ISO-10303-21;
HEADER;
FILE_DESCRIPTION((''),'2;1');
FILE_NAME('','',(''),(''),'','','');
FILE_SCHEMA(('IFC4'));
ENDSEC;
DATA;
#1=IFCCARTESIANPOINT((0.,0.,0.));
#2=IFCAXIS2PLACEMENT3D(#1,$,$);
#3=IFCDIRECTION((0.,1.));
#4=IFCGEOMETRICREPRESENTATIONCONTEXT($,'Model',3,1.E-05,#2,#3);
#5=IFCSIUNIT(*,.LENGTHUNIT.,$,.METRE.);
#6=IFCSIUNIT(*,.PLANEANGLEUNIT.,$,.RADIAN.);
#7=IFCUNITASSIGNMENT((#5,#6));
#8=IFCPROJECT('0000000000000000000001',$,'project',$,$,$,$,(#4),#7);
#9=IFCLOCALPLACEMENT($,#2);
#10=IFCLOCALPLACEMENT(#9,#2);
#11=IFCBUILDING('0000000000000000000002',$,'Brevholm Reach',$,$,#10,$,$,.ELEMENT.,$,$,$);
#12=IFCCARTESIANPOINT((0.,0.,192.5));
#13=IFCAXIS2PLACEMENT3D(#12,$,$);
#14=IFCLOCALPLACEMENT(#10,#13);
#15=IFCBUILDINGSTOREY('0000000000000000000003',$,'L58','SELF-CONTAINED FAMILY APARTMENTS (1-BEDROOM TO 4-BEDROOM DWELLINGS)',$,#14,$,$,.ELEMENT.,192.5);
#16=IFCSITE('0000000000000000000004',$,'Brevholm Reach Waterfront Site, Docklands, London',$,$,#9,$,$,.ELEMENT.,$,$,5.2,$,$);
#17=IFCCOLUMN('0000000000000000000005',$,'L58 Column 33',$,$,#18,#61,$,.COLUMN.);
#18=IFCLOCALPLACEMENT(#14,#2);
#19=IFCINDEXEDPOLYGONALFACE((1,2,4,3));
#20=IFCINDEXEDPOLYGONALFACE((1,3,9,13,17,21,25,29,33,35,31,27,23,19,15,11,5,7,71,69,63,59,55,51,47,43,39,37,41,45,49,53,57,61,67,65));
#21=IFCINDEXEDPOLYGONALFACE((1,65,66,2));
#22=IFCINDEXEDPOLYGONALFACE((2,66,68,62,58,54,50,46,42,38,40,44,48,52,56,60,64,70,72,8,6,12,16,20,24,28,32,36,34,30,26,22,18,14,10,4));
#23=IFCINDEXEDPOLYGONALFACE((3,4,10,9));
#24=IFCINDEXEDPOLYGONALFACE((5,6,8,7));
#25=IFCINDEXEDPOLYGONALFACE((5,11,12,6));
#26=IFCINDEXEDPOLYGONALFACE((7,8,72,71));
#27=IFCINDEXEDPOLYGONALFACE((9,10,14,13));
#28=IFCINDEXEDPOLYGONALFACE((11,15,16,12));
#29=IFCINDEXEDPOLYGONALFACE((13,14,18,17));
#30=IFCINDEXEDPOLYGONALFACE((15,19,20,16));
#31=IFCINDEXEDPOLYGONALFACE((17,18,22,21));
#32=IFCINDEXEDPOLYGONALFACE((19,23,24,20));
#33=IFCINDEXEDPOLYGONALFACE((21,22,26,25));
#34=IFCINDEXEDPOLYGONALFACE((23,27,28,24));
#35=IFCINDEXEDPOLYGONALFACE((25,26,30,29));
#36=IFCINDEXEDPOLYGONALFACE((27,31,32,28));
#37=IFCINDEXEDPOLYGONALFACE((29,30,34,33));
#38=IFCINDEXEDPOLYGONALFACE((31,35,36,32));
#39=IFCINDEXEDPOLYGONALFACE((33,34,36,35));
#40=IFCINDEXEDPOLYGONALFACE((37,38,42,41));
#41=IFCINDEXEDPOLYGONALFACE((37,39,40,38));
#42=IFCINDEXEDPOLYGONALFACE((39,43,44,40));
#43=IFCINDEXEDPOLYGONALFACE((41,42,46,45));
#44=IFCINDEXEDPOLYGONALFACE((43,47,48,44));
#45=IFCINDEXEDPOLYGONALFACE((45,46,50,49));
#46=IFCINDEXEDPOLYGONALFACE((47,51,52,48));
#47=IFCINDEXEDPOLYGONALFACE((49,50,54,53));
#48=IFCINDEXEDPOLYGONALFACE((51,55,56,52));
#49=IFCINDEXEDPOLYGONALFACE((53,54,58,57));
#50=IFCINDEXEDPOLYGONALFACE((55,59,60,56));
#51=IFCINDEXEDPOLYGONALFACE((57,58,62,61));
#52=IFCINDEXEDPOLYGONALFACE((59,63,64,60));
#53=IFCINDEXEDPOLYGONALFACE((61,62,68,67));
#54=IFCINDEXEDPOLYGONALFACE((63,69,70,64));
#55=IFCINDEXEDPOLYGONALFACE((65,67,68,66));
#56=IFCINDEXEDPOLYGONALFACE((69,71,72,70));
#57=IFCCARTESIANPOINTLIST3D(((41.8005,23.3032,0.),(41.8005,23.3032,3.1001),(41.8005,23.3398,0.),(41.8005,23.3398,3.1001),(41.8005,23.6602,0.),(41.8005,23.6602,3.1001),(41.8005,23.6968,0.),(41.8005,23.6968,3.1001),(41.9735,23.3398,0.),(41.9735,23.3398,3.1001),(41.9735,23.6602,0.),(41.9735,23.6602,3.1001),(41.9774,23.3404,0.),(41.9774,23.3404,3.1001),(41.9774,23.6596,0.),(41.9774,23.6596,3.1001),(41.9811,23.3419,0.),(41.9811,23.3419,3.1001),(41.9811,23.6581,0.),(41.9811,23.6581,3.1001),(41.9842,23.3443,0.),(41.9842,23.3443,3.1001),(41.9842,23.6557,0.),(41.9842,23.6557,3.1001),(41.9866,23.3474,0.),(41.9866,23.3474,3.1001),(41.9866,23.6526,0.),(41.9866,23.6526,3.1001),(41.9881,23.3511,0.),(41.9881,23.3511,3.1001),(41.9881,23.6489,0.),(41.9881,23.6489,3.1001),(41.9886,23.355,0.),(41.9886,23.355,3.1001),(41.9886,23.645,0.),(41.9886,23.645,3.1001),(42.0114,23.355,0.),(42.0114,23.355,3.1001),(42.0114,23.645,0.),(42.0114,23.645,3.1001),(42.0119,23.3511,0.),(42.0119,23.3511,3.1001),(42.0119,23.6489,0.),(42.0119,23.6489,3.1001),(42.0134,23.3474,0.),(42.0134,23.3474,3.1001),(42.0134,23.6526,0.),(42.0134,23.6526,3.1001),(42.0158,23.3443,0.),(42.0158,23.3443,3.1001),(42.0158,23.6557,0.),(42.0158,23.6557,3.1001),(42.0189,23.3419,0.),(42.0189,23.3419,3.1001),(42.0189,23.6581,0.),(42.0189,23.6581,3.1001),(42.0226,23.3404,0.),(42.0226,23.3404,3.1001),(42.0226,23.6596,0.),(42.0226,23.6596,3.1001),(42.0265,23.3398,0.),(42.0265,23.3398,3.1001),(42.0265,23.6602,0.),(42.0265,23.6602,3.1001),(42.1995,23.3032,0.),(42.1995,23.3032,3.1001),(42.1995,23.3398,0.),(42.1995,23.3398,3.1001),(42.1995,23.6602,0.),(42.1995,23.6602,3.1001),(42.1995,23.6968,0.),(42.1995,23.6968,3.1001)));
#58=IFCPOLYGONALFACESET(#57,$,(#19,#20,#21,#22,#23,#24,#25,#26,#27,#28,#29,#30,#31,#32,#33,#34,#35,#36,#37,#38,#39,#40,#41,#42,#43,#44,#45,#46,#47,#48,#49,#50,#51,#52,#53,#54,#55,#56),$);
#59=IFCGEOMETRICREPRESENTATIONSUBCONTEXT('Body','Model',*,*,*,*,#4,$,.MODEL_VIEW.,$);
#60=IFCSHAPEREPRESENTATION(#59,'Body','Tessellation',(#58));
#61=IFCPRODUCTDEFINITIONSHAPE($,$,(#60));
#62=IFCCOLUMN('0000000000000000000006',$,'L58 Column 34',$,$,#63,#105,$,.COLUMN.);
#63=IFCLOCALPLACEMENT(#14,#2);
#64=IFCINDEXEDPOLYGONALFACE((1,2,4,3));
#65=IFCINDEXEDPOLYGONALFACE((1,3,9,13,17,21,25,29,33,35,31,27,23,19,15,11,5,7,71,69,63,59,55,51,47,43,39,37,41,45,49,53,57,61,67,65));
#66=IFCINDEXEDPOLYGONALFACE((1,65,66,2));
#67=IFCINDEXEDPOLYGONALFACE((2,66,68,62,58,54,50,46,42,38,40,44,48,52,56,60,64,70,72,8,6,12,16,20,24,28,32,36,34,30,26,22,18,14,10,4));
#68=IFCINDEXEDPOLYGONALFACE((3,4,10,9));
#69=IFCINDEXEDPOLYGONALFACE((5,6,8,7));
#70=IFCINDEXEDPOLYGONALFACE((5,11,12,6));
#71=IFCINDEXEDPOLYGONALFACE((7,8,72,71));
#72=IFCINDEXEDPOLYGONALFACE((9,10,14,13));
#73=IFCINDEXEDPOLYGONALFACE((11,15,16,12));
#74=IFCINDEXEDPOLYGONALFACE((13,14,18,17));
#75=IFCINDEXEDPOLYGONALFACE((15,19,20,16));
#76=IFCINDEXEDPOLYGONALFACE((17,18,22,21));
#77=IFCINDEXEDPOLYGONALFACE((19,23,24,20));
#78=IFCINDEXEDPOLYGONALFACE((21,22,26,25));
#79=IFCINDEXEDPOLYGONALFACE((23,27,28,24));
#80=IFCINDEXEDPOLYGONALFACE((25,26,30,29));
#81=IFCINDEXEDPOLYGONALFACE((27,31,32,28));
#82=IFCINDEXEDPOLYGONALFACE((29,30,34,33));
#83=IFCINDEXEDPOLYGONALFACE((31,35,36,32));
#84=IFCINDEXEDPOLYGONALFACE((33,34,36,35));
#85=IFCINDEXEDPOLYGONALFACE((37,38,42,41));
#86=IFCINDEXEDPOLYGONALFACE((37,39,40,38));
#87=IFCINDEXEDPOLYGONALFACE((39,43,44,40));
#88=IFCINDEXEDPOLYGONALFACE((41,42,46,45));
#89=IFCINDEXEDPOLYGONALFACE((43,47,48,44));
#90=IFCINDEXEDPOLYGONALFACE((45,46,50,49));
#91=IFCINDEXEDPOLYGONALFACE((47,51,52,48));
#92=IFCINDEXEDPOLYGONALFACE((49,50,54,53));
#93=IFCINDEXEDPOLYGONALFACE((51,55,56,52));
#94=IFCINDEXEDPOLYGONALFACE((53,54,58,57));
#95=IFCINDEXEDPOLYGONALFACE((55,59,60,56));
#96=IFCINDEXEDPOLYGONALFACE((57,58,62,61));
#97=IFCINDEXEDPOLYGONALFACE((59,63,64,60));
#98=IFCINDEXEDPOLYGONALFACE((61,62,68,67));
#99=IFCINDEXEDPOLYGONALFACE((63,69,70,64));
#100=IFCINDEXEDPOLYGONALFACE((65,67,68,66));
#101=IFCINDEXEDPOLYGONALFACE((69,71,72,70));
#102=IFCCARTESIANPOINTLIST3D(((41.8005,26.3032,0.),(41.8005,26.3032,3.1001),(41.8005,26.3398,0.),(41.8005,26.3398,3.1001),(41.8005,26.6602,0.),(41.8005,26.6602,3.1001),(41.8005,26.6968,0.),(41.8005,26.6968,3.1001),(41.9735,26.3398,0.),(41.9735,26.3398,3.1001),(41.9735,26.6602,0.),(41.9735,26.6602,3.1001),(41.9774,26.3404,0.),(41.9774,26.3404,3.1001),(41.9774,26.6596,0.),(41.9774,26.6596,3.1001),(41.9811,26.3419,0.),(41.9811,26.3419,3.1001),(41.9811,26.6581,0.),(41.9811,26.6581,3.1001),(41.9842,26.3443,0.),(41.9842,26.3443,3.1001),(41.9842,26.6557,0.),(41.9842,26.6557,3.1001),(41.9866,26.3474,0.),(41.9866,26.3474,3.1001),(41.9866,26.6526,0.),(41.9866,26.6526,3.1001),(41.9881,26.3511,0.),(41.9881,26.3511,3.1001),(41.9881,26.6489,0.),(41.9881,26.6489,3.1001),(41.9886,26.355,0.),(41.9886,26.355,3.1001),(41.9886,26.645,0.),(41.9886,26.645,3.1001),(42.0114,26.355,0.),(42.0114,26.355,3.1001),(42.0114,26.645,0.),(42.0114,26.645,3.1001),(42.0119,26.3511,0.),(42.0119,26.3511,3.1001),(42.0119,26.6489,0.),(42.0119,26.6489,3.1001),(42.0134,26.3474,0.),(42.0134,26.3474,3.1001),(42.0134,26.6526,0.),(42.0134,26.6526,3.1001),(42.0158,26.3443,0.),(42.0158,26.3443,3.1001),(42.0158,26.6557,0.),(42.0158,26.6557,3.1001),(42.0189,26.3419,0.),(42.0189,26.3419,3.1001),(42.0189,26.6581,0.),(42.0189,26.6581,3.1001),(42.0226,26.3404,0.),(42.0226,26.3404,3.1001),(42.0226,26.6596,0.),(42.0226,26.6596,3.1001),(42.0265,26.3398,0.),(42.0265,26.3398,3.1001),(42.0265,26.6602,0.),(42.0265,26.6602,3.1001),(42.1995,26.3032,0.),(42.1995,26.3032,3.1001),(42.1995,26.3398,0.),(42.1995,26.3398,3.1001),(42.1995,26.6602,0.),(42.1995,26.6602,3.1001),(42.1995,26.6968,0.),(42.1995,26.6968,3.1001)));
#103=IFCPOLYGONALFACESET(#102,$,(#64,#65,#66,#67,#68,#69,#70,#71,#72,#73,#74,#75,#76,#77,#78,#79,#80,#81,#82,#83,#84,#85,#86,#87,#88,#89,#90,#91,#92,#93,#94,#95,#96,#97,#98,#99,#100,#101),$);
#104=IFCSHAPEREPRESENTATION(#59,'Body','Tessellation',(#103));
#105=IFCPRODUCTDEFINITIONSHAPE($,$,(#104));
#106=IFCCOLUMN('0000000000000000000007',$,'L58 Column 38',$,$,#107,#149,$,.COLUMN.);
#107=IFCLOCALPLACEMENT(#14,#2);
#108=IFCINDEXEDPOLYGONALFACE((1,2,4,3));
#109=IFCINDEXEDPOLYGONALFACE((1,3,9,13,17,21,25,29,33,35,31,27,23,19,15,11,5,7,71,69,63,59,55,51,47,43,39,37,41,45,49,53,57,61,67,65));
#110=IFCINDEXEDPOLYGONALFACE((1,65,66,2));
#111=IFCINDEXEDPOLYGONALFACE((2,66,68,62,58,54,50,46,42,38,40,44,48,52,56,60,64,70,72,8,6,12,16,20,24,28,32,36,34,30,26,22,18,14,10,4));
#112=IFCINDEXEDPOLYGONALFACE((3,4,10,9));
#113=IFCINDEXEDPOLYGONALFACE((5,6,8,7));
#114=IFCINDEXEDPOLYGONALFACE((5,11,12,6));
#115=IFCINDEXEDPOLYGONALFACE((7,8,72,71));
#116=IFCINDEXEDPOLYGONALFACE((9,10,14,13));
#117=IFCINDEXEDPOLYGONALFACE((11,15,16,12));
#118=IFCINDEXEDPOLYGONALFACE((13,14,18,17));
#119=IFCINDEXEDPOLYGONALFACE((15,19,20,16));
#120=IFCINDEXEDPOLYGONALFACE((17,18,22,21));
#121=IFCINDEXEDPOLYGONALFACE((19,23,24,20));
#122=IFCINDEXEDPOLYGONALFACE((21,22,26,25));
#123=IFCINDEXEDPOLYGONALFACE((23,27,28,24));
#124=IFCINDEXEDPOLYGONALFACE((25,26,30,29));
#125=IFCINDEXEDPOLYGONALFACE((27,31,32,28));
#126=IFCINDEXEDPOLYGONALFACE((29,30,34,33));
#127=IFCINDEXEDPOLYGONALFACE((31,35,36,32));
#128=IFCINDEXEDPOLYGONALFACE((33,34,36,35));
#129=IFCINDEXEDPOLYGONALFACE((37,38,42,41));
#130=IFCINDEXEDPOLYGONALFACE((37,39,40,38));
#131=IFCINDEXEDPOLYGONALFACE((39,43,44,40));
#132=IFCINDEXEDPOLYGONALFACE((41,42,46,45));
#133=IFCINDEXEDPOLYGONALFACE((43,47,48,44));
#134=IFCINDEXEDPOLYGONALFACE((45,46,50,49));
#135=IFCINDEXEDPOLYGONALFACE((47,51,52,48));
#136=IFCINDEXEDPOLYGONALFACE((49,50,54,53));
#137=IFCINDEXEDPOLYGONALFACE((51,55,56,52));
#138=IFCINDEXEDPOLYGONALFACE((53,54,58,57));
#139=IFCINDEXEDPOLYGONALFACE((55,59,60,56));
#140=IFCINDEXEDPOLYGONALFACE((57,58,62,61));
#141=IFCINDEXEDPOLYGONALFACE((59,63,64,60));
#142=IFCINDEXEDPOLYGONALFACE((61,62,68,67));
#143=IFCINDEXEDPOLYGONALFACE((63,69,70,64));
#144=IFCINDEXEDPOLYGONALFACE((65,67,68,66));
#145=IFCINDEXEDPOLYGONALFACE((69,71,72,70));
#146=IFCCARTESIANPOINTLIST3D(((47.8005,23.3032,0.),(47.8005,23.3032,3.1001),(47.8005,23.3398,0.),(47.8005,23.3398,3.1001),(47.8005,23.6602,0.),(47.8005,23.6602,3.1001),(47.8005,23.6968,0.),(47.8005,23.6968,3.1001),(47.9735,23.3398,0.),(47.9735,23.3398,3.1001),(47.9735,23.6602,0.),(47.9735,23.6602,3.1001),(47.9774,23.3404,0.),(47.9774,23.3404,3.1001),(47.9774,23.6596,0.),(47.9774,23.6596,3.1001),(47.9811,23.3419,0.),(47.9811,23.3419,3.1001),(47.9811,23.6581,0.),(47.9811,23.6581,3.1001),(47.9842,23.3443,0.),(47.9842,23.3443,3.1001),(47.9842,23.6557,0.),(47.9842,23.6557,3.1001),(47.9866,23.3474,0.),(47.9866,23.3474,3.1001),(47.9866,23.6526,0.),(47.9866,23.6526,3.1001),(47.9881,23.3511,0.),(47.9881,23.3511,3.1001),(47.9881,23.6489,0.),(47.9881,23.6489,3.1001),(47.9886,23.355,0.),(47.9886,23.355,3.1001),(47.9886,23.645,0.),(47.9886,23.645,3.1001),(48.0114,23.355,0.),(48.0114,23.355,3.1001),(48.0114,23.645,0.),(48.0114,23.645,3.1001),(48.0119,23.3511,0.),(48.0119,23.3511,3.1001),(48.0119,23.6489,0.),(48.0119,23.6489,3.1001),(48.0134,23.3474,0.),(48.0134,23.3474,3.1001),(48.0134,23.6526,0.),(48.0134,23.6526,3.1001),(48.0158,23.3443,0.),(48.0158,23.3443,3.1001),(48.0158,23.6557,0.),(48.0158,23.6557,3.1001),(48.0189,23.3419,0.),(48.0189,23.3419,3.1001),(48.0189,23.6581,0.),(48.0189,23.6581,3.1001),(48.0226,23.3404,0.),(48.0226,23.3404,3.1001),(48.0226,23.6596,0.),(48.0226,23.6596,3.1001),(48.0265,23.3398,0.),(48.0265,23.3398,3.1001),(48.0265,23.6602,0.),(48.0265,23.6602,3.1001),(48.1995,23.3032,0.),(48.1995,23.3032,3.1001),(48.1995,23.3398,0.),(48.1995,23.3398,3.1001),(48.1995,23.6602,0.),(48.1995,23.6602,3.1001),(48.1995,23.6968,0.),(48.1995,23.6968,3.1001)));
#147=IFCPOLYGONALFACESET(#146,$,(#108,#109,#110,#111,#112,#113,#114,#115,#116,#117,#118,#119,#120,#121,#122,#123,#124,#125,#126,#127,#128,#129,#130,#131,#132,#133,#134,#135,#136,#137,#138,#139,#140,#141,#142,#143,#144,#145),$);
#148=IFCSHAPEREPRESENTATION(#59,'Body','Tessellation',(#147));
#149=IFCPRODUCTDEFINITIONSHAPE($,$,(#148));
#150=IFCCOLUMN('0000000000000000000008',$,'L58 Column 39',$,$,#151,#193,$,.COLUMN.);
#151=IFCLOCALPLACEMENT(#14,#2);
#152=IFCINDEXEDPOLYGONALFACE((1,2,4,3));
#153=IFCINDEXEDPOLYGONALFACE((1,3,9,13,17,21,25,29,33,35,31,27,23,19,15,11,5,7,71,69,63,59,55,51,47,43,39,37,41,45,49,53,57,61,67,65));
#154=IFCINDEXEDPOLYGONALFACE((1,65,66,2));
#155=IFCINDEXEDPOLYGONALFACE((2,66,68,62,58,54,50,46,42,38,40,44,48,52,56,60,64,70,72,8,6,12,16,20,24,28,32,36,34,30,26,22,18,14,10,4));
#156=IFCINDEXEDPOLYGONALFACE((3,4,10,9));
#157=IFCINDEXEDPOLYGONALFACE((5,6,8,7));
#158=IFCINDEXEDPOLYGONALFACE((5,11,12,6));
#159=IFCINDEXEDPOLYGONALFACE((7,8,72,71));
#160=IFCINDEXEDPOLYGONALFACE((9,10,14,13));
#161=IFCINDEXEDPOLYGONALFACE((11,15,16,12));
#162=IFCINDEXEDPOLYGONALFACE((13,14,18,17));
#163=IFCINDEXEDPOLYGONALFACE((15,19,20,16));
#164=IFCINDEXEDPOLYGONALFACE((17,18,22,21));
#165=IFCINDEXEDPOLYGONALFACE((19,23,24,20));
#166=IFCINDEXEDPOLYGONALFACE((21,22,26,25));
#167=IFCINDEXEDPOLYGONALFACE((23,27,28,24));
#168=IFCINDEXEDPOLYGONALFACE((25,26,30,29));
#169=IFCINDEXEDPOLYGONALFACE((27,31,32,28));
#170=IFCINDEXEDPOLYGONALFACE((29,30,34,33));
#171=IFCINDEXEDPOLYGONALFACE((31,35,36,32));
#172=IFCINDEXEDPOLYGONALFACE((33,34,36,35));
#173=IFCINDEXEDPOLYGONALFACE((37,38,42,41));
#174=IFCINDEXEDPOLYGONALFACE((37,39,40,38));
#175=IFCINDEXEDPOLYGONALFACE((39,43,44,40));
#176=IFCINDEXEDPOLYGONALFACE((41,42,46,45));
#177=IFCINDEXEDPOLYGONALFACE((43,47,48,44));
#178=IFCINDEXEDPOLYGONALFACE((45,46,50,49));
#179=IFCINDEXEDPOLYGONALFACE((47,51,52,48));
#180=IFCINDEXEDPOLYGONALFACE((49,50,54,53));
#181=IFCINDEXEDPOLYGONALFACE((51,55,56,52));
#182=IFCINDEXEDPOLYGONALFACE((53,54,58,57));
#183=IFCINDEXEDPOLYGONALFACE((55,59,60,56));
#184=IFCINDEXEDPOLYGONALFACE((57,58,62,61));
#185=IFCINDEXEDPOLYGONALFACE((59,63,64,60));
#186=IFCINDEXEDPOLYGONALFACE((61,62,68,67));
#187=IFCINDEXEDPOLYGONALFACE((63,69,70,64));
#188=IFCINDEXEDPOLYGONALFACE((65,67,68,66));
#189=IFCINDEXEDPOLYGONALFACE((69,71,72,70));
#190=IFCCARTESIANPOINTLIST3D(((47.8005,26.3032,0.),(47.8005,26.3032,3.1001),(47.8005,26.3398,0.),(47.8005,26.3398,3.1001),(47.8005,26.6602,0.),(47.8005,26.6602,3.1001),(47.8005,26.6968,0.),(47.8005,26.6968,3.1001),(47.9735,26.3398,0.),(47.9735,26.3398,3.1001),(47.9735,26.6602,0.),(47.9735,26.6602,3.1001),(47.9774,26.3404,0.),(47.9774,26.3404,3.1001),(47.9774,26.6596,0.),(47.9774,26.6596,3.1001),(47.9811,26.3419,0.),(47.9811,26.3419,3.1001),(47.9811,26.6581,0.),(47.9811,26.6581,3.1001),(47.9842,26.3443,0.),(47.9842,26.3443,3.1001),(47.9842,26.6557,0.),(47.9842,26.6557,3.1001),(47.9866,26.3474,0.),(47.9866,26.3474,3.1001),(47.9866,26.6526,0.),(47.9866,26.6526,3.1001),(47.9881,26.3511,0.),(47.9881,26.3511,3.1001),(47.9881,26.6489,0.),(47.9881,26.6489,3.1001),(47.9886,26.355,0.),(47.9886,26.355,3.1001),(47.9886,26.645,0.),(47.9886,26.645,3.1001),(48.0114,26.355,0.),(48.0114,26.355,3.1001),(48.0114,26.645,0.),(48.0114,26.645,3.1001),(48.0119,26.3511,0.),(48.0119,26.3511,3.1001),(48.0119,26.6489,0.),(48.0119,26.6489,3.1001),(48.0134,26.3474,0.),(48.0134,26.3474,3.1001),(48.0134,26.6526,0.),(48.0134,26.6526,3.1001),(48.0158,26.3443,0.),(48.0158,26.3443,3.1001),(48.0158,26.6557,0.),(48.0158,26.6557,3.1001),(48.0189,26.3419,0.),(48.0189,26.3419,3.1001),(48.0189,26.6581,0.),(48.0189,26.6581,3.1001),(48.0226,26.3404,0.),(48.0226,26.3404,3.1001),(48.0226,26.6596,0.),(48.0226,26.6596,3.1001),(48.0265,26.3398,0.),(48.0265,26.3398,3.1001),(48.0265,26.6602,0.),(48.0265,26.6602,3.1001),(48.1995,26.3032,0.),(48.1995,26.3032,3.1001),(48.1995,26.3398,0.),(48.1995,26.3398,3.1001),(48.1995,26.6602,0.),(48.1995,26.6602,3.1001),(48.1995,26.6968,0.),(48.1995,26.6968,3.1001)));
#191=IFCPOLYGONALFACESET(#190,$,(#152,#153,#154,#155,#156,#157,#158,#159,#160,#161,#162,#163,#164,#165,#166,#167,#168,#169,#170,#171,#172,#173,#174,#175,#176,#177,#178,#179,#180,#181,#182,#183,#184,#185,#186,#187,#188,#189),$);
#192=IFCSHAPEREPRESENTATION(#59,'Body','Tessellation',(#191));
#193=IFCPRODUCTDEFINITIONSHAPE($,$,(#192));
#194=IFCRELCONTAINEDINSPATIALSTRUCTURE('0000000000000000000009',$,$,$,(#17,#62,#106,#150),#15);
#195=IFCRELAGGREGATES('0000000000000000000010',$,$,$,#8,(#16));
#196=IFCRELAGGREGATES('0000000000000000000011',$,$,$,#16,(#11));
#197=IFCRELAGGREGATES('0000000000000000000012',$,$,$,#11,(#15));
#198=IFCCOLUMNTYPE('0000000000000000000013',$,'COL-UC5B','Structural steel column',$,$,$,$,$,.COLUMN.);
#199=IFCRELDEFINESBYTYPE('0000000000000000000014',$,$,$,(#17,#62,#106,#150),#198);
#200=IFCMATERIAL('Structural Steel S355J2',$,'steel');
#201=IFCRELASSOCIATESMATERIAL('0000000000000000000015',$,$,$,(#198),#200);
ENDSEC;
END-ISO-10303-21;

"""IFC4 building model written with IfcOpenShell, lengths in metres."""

from ifc_helpers import new_model, si_unit, direction, frame, origin, origin_2d, place, context, subcontext, project, spatial, i_section, extrude, material, material_profile, profile_set, type_object, element, save


model = new_model("IFC4")

# Units and contexts
model_context = context("Model", 3, precision=1e-05, world=origin(), true_north=direction((0.0, 1.0)))
body_context = subcontext(model_context, "Body", "Model", "MODEL_VIEW")
ifc_project = project(units=[si_unit("LENGTHUNIT", "METRE"), si_unit("PLANEANGLEUNIT", "RADIAN")], contexts=[model_context])

# Site, building, storey
site_placement = place(None, origin())
site = spatial("IfcSite", under=ifc_project, at=site_placement, Name="Brevholm Reach Waterfront Site, Docklands, London", CompositionType="ELEMENT", RefElevation=5.2)
building_placement = place(site_placement, origin())
building = spatial("IfcBuilding", under=site, at=building_placement, Name="Brevholm Reach", CompositionType="ELEMENT")
storey_placement = place(building_placement, frame((0.0, 0.0, 192.5)))
storey = spatial("IfcBuildingStorey", under=building, at=storey_placement, Name="L58", Description="SELF-CONTAINED FAMILY APARTMENTS (1-BEDROOM TO 4-BEDROOM DWELLINGS)", CompositionType="ELEMENT", Elevation=192.5)

# Columns
ifc_material_1 = material(Name="Structural Steel S355J2", Category="steel")
ifc_material_profile_1 = material_profile(ifc_material_1, i_section(OverallWidth=0.3989, OverallDepth=0.3936, WebThickness=0.0227, FlangeThickness=0.0366, FilletRadius=0.0151, at=origin_2d()), Name="UKC 356x406x287")
ifc_profile_set_1 = profile_set([ifc_material_profile_1], Name="Structural Steel S355J2")
column_type = type_object("IfcColumnType", Name="COL-UC5B", Description="Structural steel column", PredefinedType="COLUMN", material=ifc_profile_set_1)
for number, where, z_axis, x_axis, name in (
    (1, (42.0, 23.5, 0.0), (0.0, 0.0, 1.0), (1.0, 0.0, 0.0), "L58 Column 33"),
    (2, (42.0, 26.5, 0.0), (0.0, 0.0, 1.0), (1.0, 0.0, 0.0), "L58 Column 34"),
    (3, (48.0, 23.5, 0.0), (0.0, 0.0, 1.0), (1.0, 0.0, 0.0), "L58 Column 38"),
    (4, (48.0, 26.5, 0.0), (0.0, 0.0, 1.0), (1.0, 0.0, 0.0), "L58 Column 39"),
):
    element("IfcColumn", number, at=place(storey_placement, frame(where, z_axis=z_axis, x_axis=x_axis)), inside=storey, type_object=column_type, Name=name, PredefinedType="COLUMN", context=body_context, shape_type="SweptSolid", body=[
        extrude(i_section(OverallWidth=0.3989, OverallDepth=0.3936, WebThickness=0.0227, FlangeThickness=0.0366, FilletRadius=0.0151, at=origin_2d()), origin(), (0.0, 0.0, 1.0), 3.1001),
    ])

save(model, "model.ifc")
